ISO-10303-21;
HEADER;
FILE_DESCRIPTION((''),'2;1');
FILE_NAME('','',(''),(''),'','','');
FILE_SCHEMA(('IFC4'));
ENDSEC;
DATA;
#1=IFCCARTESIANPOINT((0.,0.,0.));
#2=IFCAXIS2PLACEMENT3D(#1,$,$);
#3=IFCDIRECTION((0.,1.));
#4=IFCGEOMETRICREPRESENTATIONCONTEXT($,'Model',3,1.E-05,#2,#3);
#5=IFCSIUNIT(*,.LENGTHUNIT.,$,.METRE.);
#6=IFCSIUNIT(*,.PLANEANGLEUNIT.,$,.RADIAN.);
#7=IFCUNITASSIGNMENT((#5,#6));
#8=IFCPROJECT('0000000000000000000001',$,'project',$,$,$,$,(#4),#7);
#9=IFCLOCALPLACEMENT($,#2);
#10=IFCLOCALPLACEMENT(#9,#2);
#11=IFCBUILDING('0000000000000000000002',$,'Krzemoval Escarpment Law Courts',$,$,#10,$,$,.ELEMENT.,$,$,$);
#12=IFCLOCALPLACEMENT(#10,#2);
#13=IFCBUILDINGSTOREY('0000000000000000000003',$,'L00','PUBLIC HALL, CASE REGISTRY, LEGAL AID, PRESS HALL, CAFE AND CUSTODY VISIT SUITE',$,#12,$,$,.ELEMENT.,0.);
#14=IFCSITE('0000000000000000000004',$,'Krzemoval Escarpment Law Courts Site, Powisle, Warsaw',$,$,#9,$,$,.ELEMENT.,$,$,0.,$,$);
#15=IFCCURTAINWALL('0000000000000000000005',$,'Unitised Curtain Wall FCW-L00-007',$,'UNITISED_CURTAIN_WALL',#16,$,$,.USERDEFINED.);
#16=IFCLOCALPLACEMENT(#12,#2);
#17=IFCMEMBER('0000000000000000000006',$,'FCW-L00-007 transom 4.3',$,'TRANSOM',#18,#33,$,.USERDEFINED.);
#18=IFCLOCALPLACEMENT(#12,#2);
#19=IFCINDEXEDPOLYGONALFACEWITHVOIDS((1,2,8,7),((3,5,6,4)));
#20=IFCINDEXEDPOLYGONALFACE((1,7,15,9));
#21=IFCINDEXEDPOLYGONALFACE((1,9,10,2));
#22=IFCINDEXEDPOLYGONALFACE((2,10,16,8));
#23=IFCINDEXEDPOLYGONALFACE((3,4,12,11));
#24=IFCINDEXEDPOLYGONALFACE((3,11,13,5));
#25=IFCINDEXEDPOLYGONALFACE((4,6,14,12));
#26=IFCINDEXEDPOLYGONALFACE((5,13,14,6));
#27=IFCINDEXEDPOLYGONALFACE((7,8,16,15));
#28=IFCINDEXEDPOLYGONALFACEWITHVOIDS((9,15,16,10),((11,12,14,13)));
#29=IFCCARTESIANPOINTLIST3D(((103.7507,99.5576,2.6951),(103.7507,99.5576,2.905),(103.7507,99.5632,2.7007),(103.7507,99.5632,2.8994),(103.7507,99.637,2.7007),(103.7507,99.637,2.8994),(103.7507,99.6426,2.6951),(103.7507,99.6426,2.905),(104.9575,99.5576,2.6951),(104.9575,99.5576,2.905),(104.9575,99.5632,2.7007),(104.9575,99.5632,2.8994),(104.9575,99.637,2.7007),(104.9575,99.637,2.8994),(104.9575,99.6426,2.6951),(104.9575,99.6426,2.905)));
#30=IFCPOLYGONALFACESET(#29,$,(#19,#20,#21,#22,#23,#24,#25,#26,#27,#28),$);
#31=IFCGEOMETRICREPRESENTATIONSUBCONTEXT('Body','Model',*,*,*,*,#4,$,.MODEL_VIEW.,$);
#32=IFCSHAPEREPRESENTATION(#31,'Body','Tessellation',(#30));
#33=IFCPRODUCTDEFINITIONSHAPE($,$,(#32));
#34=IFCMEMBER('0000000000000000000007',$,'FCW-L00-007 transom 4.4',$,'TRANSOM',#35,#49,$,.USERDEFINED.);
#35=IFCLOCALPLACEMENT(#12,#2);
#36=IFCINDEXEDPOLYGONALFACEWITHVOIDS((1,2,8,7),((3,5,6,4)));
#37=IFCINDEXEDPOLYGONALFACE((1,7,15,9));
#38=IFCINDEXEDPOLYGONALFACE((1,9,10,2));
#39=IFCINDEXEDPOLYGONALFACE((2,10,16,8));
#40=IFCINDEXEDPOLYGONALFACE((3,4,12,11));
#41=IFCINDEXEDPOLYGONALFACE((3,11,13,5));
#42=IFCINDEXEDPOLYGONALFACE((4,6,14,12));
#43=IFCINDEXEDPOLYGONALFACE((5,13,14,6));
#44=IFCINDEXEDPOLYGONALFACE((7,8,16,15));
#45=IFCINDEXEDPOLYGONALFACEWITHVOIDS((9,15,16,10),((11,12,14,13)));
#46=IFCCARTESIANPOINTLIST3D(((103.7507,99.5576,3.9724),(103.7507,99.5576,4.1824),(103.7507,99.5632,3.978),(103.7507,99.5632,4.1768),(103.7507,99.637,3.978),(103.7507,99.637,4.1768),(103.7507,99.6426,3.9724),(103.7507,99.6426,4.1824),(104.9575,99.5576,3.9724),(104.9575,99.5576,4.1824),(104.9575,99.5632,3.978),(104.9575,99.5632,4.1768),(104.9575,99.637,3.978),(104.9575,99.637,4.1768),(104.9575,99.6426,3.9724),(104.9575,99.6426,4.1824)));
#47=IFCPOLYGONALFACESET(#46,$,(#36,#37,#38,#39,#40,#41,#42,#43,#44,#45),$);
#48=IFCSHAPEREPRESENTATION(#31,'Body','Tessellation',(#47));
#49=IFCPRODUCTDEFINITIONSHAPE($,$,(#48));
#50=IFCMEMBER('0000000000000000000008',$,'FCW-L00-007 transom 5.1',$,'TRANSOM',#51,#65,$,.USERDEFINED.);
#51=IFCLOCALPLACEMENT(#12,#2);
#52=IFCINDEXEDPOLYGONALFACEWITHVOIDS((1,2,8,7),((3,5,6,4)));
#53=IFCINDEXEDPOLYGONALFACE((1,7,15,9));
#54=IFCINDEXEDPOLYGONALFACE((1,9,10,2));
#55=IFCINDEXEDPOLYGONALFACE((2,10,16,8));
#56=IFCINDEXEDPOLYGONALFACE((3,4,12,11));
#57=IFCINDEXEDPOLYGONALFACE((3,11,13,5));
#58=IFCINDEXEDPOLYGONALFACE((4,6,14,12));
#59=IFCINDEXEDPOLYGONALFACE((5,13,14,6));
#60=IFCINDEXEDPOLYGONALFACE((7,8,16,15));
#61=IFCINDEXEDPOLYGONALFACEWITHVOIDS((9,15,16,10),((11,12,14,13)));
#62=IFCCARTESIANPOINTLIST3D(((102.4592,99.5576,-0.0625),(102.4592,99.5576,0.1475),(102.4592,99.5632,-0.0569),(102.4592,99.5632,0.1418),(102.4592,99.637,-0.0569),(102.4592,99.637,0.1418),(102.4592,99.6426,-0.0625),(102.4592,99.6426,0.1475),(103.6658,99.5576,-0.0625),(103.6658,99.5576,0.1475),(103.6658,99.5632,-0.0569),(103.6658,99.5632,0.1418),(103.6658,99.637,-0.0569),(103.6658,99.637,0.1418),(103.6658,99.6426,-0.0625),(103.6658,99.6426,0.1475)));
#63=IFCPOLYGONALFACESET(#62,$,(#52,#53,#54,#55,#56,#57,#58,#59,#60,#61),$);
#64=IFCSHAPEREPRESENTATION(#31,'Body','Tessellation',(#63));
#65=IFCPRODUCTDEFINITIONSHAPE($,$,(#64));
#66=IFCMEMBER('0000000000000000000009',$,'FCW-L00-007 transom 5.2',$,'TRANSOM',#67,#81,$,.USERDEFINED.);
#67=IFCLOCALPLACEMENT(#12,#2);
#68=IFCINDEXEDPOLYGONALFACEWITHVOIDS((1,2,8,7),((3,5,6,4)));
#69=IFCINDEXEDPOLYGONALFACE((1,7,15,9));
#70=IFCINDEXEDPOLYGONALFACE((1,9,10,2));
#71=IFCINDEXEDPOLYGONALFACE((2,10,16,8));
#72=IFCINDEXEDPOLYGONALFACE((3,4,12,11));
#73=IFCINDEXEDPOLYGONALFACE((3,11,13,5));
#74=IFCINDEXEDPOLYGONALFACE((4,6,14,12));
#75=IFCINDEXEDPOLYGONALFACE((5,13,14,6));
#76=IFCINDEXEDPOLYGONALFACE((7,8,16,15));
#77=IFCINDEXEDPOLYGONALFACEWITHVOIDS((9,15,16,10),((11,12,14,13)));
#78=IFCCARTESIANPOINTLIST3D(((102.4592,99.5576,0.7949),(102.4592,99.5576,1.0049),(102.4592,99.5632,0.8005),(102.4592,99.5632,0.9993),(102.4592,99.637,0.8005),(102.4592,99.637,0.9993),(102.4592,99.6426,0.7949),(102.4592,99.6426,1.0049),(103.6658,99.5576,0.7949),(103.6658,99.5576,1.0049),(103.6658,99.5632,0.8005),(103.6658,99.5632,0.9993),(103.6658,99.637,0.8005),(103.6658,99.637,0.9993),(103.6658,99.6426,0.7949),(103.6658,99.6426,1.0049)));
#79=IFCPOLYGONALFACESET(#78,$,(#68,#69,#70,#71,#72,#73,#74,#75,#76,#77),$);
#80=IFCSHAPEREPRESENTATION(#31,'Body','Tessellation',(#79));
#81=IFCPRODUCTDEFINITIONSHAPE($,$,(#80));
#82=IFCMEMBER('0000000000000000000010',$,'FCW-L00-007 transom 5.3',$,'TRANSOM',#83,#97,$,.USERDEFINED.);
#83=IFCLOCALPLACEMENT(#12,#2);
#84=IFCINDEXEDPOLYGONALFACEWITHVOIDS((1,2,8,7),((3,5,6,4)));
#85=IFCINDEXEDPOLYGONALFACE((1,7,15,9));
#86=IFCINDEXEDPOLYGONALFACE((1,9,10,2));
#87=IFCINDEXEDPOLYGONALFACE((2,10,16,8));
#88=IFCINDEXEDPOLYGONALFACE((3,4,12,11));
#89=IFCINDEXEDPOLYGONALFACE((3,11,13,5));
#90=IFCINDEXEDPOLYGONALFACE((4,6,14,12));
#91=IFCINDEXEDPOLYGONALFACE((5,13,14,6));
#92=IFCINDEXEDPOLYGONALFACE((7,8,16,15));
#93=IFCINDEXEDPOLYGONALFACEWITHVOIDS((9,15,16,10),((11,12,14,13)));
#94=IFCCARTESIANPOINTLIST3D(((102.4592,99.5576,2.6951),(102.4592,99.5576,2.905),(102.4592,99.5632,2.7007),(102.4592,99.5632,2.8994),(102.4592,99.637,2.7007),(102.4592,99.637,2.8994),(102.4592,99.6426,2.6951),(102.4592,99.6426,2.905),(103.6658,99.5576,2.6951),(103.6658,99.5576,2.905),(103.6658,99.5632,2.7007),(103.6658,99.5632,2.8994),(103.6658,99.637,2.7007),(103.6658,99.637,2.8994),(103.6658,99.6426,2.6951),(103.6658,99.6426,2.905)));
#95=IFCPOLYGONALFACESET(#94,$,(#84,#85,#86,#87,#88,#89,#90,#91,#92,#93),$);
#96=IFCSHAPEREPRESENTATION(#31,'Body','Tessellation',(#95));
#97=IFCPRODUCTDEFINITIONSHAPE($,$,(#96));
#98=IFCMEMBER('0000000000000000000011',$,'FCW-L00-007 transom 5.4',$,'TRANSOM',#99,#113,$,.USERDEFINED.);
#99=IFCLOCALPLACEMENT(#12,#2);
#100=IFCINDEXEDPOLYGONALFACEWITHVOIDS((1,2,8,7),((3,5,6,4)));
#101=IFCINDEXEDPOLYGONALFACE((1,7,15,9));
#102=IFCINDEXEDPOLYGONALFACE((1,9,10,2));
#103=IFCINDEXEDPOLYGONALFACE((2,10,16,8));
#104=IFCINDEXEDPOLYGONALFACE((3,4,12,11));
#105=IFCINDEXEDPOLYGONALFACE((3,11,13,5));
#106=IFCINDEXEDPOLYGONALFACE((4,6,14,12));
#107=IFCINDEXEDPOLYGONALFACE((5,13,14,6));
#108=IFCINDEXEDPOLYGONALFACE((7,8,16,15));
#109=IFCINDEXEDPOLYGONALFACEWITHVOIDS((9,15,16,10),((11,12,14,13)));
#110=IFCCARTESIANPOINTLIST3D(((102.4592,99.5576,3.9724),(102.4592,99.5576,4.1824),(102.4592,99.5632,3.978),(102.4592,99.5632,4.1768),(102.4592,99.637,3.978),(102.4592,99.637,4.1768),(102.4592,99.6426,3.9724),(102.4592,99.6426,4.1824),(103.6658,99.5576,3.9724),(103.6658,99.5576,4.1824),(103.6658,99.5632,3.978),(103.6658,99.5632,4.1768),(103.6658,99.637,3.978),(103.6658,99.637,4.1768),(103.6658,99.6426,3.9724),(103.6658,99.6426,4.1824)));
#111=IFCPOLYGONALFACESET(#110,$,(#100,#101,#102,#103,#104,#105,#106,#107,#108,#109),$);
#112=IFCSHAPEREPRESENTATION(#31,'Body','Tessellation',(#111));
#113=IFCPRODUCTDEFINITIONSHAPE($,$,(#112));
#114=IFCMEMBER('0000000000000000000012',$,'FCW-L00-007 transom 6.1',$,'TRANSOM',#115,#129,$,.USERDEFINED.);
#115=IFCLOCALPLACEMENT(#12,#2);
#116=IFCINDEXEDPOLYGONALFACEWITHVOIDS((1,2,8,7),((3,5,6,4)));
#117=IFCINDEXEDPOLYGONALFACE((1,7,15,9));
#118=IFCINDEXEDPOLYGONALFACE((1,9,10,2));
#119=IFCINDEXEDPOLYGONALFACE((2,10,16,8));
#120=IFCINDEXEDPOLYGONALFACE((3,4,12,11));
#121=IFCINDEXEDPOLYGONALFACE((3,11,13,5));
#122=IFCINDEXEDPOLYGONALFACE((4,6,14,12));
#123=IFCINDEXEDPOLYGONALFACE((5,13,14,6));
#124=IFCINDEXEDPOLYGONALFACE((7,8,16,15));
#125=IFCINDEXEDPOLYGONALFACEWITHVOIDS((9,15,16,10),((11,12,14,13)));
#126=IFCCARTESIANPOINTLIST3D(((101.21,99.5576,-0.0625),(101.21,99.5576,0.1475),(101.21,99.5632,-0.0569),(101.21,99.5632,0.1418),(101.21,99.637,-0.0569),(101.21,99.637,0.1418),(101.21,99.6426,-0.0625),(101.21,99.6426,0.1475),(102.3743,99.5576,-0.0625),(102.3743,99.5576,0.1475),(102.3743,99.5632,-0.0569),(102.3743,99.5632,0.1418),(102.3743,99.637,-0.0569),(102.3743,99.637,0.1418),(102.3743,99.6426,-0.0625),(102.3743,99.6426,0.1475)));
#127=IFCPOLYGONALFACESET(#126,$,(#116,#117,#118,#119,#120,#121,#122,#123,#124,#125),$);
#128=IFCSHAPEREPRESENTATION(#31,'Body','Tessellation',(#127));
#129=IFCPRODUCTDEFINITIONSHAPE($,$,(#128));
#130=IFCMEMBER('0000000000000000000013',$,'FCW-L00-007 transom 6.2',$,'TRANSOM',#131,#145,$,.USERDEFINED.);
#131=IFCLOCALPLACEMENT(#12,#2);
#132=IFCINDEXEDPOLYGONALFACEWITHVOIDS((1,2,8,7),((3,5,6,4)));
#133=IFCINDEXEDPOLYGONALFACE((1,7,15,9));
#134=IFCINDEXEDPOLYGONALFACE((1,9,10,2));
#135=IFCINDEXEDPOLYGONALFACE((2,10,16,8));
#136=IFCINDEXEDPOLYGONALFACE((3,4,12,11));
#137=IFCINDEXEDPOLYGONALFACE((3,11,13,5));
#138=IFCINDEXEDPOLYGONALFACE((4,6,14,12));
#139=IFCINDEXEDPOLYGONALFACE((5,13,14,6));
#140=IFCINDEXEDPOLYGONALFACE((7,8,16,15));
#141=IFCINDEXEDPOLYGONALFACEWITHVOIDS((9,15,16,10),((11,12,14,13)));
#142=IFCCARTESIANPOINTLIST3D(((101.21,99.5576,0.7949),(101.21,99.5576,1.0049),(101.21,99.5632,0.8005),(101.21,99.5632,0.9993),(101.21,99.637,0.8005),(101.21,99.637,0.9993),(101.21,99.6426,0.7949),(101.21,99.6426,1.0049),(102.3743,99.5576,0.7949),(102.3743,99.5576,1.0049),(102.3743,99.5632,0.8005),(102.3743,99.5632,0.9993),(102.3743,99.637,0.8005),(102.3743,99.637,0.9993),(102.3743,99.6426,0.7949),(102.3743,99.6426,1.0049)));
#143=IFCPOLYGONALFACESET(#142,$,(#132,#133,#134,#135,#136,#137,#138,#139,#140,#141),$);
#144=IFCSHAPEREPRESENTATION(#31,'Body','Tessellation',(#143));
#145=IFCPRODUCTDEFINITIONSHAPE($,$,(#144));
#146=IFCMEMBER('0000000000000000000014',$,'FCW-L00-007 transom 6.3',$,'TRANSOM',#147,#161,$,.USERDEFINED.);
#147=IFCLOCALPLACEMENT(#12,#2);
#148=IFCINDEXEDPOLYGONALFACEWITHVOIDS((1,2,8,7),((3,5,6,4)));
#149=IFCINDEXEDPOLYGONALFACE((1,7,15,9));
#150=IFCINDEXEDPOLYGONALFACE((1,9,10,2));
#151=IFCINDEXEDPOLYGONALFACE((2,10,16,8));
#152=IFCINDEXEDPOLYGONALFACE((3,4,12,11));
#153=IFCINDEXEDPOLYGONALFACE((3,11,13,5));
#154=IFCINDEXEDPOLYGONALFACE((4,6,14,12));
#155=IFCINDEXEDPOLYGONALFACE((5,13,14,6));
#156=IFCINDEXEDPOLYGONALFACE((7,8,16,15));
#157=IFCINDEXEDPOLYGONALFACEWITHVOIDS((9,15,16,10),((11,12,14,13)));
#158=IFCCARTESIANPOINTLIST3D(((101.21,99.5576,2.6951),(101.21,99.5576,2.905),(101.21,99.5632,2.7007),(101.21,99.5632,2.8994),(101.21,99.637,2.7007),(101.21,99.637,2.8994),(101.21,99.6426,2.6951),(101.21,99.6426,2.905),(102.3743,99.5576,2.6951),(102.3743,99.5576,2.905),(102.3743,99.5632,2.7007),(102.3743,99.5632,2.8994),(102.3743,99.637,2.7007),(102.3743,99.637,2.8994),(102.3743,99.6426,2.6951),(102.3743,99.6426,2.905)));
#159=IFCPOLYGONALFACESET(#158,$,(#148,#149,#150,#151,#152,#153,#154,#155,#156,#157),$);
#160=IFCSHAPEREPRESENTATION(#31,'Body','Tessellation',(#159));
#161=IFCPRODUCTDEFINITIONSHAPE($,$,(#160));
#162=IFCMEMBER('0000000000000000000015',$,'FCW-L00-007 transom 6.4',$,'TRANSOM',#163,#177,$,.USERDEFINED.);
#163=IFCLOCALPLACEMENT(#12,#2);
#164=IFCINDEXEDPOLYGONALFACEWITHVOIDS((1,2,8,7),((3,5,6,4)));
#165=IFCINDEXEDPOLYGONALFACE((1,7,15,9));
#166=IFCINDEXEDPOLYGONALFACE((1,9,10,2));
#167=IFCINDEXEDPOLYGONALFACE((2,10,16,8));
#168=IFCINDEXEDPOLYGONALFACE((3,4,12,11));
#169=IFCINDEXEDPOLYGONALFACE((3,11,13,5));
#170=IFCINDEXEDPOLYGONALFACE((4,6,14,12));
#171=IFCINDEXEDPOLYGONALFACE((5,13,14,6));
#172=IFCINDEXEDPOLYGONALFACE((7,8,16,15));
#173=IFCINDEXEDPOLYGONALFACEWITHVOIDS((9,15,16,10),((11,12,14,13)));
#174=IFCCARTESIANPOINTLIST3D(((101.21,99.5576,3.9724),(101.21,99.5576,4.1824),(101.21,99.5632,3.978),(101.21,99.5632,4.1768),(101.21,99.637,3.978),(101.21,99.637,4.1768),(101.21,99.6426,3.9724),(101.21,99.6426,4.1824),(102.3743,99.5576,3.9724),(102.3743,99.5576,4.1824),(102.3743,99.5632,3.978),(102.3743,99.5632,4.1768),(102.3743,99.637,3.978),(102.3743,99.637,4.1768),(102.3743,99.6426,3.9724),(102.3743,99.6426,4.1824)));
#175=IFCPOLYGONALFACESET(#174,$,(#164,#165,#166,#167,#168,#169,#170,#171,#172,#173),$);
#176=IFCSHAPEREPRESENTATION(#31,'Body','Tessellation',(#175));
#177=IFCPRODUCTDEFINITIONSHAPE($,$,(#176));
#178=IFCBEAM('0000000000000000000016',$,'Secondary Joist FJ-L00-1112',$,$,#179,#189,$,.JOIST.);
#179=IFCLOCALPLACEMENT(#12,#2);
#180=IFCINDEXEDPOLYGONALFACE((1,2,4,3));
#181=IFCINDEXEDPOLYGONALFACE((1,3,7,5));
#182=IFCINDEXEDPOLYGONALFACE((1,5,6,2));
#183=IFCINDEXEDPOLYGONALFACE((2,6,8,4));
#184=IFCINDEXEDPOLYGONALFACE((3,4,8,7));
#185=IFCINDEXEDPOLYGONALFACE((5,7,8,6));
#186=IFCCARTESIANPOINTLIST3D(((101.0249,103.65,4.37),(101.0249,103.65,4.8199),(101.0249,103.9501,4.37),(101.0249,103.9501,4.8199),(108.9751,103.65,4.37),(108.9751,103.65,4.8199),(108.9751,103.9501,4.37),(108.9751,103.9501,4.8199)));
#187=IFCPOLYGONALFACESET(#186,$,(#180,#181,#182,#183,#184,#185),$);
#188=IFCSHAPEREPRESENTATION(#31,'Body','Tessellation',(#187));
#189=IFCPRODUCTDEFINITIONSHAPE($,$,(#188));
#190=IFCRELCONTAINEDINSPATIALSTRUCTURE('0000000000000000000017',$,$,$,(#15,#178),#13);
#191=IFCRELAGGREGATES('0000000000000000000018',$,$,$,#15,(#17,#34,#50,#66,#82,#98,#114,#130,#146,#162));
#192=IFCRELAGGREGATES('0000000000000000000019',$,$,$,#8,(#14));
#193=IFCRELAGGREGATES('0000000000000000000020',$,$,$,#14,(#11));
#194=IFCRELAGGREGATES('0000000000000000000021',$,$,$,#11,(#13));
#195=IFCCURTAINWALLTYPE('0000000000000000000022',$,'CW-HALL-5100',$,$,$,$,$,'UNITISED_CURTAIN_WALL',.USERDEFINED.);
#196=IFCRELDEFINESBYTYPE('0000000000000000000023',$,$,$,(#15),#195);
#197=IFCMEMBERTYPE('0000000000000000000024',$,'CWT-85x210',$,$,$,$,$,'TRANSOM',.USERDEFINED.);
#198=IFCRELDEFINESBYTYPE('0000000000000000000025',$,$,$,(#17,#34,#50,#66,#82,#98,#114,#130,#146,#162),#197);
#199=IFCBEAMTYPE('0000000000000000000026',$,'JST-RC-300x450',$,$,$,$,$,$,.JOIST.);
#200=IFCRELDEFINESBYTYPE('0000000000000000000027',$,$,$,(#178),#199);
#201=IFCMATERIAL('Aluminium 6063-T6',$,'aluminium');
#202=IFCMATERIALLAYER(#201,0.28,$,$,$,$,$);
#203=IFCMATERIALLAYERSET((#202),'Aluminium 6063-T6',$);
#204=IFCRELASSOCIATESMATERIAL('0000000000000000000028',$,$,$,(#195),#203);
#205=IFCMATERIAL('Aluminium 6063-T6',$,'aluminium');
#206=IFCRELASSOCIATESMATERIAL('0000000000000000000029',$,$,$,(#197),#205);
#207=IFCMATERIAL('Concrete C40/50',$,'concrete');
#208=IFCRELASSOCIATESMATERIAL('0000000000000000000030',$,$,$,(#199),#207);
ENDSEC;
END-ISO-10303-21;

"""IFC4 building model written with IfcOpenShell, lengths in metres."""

from ifc_helpers import new_model, si_unit, direction, frame, origin, origin_2d, place, context, subcontext, project, spatial, rectangle, hollow_rectangle, extrude, material, layer, layer_set, material_profile, profile_set, type_object, element, aggregate, save


model = new_model("IFC4")

# Units and contexts
model_context = context("Model", 3, precision=1e-05, world=origin(), true_north=direction((0.0, 1.0)))
body_context = subcontext(model_context, "Body", "Model", "MODEL_VIEW")
ifc_project = project(units=[si_unit("LENGTHUNIT", "METRE"), si_unit("PLANEANGLEUNIT", "RADIAN")], contexts=[model_context])

# Site, building, storey
site_placement = place(None, origin())
site = spatial("IfcSite", under=ifc_project, at=site_placement, Name="Krzemoval Escarpment Law Courts Site, Powisle, Warsaw", CompositionType="ELEMENT", RefElevation=0.0)
building_placement = place(site_placement, origin())
building = spatial("IfcBuilding", under=site, at=building_placement, Name="Krzemoval Escarpment Law Courts", CompositionType="ELEMENT")
storey_placement = place(building_placement, origin())
storey = spatial("IfcBuildingStorey", under=building, at=storey_placement, Name="L00", Description="PUBLIC HALL, CASE REGISTRY, LEGAL AID, PRESS HALL, CAFE AND CUSTODY VISIT SUITE", CompositionType="ELEMENT", Elevation=0.0)

# Curtain wall, members
ifc_material_1 = material(Name="Aluminium 6063-T6", Category="aluminium")
ifc_layer_1 = layer(ifc_material_1, 0.28)
ifc_layer_set_1 = layer_set([ifc_layer_1], Name="Aluminium 6063-T6")
curtain_wall_type = type_object("IfcCurtainWallType", Name="CW-HALL-5100", ElementType="UNITISED_CURTAIN_WALL", PredefinedType="USERDEFINED", material=ifc_layer_set_1)
curtain_wall_placement = place(storey_placement, origin())
curtain_wall = element("IfcCurtainWall", 1, at=curtain_wall_placement, inside=storey, type_object=curtain_wall_type, Name="Unitised Curtain Wall FCW-L00-007", ObjectType="UNITISED_CURTAIN_WALL", PredefinedType="USERDEFINED")
ifc_material_2 = material(Name="Aluminium 6063-T6", Category="aluminium")
ifc_material_profile_1 = material_profile(ifc_material_2, hollow_rectangle(XDim=0.085, YDim=0.21, WallThickness=0.0056, at=origin_2d()), Name="ALU T85x210")
ifc_profile_set_1 = profile_set([ifc_material_profile_1], Name="Aluminium 6063-T6")
member_type_1 = type_object("IfcMemberType", Name="CWT-85x210", ElementType="TRANSOM", PredefinedType="USERDEFINED", material=ifc_profile_set_1)
member_1_placement = place(storey_placement, frame((104.9575, 99.6001, 2.8), z_axis=(-1.0, 0.0, 0.0), x_axis=(0.0, -1.0, 0.0)))
member_1 = element("IfcMember", 2, at=member_1_placement, type_object=member_type_1, Name="FCW-L00-007 transom 4.3", ObjectType="TRANSOM", PredefinedType="USERDEFINED", context=body_context, shape_type="SweptSolid", body=[
    extrude(hollow_rectangle(XDim=0.085, YDim=0.21, WallThickness=0.0056, at=origin_2d()), origin(), (0.0, 0.0, 1.0), 1.2068),
])
member_2_placement = place(storey_placement, frame((104.9575, 99.6001, 4.0774), z_axis=(-1.0, 0.0, 0.0), x_axis=(0.0, -1.0, 0.0)))
member_2 = element("IfcMember", 3, at=member_2_placement, type_object=member_type_1, Name="FCW-L00-007 transom 4.4", ObjectType="TRANSOM", PredefinedType="USERDEFINED", context=body_context, shape_type="SweptSolid", body=[
    extrude(hollow_rectangle(XDim=0.085, YDim=0.21, WallThickness=0.0056, at=origin_2d()), origin(), (0.0, 0.0, 1.0), 1.2068),
])
member_3_placement = place(storey_placement, frame((103.6658, 99.6001, 0.0425), z_axis=(-1.0, 0.0, 0.0), x_axis=(0.0, -1.0, 0.0)))
member_3 = element("IfcMember", 4, at=member_3_placement, type_object=member_type_1, Name="FCW-L00-007 transom 5.1", ObjectType="TRANSOM", PredefinedType="USERDEFINED", context=body_context, shape_type="SweptSolid", body=[
    extrude(hollow_rectangle(XDim=0.085, YDim=0.21, WallThickness=0.0056, at=origin_2d()), origin(), (0.0, 0.0, 1.0), 1.2065),
])
member_4_placement = place(storey_placement, frame((103.6658, 99.6001, 0.8999), z_axis=(-1.0, 0.0, 0.0), x_axis=(0.0, -1.0, 0.0)))
member_4 = element("IfcMember", 5, at=member_4_placement, type_object=member_type_1, Name="FCW-L00-007 transom 5.2", ObjectType="TRANSOM", PredefinedType="USERDEFINED", context=body_context, shape_type="SweptSolid", body=[
    extrude(hollow_rectangle(XDim=0.085, YDim=0.21, WallThickness=0.0056, at=origin_2d()), origin(), (0.0, 0.0, 1.0), 1.2065),
])
member_5_placement = place(storey_placement, frame((103.6658, 99.6001, 2.8), z_axis=(-1.0, 0.0, 0.0), x_axis=(0.0, -1.0, 0.0)))
member_5 = element("IfcMember", 6, at=member_5_placement, type_object=member_type_1, Name="FCW-L00-007 transom 5.3", ObjectType="TRANSOM", PredefinedType="USERDEFINED", context=body_context, shape_type="SweptSolid", body=[
    extrude(hollow_rectangle(XDim=0.085, YDim=0.21, WallThickness=0.0056, at=origin_2d()), origin(), (0.0, 0.0, 1.0), 1.2065),
])
member_6_placement = place(storey_placement, frame((103.6658, 99.6001, 4.0774), z_axis=(-1.0, 0.0, 0.0), x_axis=(0.0, -1.0, 0.0)))
member_6 = element("IfcMember", 7, at=member_6_placement, type_object=member_type_1, Name="FCW-L00-007 transom 5.4", ObjectType="TRANSOM", PredefinedType="USERDEFINED", context=body_context, shape_type="SweptSolid", body=[
    extrude(hollow_rectangle(XDim=0.085, YDim=0.21, WallThickness=0.0056, at=origin_2d()), origin(), (0.0, 0.0, 1.0), 1.2065),
])
member_7_placement = place(storey_placement, frame((102.3743, 99.6001, 0.0425), z_axis=(-1.0, 0.0, 0.0), x_axis=(0.0, -1.0, 0.0)))
member_7 = element("IfcMember", 8, at=member_7_placement, type_object=member_type_1, Name="FCW-L00-007 transom 6.1", ObjectType="TRANSOM", PredefinedType="USERDEFINED", context=body_context, shape_type="SweptSolid", body=[
    extrude(hollow_rectangle(XDim=0.085, YDim=0.21, WallThickness=0.0056, at=origin_2d()), origin(), (0.0, 0.0, 1.0), 1.1643),
])
member_8_placement = place(storey_placement, frame((102.3743, 99.6001, 0.8999), z_axis=(-1.0, 0.0, 0.0), x_axis=(0.0, -1.0, 0.0)))
member_8 = element("IfcMember", 9, at=member_8_placement, type_object=member_type_1, Name="FCW-L00-007 transom 6.2", ObjectType="TRANSOM", PredefinedType="USERDEFINED", context=body_context, shape_type="SweptSolid", body=[
    extrude(hollow_rectangle(XDim=0.085, YDim=0.21, WallThickness=0.0056, at=origin_2d()), origin(), (0.0, 0.0, 1.0), 1.1643),
])
member_9_placement = place(storey_placement, frame((102.3743, 99.6001, 2.8), z_axis=(-1.0, 0.0, 0.0), x_axis=(0.0, -1.0, 0.0)))
member_9 = element("IfcMember", 10, at=member_9_placement, type_object=member_type_1, Name="FCW-L00-007 transom 6.3", ObjectType="TRANSOM", PredefinedType="USERDEFINED", context=body_context, shape_type="SweptSolid", body=[
    extrude(hollow_rectangle(XDim=0.085, YDim=0.21, WallThickness=0.0056, at=origin_2d()), origin(), (0.0, 0.0, 1.0), 1.1643),
])
member_10_placement = place(storey_placement, frame((102.3743, 99.6001, 4.0774), z_axis=(-1.0, 0.0, 0.0), x_axis=(0.0, -1.0, 0.0)))
member_10 = element("IfcMember", 11, at=member_10_placement, type_object=member_type_1, Name="FCW-L00-007 transom 6.4", ObjectType="TRANSOM", PredefinedType="USERDEFINED", context=body_context, shape_type="SweptSolid", body=[
    extrude(hollow_rectangle(XDim=0.085, YDim=0.21, WallThickness=0.0056, at=origin_2d()), origin(), (0.0, 0.0, 1.0), 1.1643),
])

# Beam
ifc_material_3 = material(Name="Concrete C40/50", Category="concrete")
ifc_material_profile_2 = material_profile(ifc_material_3, rectangle(XDim=0.3, YDim=0.45, at=origin_2d()), Name="RCB 300x450")
ifc_profile_set_2 = profile_set([ifc_material_profile_2], Name="Concrete C40/50")
beam_type_1 = type_object("IfcBeamType", Name="JST-RC-300x450", PredefinedType="JOIST", material=ifc_profile_set_2)
beam_1_placement = place(storey_placement, frame((101.0249, 103.8, 4.595), z_axis=(1.0, 0.0, 0.0), x_axis=(0.0, 1.0, 0.0)))
element("IfcBeam", 12, at=beam_1_placement, inside=storey, type_object=beam_type_1, Name="Secondary Joist FJ-L00-1112", PredefinedType="JOIST", context=body_context, shape_type="SweptSolid", body=[
    extrude(rectangle(XDim=0.3, YDim=0.45, at=origin_2d()), origin(), (0.0, 0.0, 1.0), 7.9502),
])

aggregate(curtain_wall, [member_1, member_2, member_3, member_4, member_5, member_6, member_7, member_8, member_9, member_10])

save(model, "model.ifc")
